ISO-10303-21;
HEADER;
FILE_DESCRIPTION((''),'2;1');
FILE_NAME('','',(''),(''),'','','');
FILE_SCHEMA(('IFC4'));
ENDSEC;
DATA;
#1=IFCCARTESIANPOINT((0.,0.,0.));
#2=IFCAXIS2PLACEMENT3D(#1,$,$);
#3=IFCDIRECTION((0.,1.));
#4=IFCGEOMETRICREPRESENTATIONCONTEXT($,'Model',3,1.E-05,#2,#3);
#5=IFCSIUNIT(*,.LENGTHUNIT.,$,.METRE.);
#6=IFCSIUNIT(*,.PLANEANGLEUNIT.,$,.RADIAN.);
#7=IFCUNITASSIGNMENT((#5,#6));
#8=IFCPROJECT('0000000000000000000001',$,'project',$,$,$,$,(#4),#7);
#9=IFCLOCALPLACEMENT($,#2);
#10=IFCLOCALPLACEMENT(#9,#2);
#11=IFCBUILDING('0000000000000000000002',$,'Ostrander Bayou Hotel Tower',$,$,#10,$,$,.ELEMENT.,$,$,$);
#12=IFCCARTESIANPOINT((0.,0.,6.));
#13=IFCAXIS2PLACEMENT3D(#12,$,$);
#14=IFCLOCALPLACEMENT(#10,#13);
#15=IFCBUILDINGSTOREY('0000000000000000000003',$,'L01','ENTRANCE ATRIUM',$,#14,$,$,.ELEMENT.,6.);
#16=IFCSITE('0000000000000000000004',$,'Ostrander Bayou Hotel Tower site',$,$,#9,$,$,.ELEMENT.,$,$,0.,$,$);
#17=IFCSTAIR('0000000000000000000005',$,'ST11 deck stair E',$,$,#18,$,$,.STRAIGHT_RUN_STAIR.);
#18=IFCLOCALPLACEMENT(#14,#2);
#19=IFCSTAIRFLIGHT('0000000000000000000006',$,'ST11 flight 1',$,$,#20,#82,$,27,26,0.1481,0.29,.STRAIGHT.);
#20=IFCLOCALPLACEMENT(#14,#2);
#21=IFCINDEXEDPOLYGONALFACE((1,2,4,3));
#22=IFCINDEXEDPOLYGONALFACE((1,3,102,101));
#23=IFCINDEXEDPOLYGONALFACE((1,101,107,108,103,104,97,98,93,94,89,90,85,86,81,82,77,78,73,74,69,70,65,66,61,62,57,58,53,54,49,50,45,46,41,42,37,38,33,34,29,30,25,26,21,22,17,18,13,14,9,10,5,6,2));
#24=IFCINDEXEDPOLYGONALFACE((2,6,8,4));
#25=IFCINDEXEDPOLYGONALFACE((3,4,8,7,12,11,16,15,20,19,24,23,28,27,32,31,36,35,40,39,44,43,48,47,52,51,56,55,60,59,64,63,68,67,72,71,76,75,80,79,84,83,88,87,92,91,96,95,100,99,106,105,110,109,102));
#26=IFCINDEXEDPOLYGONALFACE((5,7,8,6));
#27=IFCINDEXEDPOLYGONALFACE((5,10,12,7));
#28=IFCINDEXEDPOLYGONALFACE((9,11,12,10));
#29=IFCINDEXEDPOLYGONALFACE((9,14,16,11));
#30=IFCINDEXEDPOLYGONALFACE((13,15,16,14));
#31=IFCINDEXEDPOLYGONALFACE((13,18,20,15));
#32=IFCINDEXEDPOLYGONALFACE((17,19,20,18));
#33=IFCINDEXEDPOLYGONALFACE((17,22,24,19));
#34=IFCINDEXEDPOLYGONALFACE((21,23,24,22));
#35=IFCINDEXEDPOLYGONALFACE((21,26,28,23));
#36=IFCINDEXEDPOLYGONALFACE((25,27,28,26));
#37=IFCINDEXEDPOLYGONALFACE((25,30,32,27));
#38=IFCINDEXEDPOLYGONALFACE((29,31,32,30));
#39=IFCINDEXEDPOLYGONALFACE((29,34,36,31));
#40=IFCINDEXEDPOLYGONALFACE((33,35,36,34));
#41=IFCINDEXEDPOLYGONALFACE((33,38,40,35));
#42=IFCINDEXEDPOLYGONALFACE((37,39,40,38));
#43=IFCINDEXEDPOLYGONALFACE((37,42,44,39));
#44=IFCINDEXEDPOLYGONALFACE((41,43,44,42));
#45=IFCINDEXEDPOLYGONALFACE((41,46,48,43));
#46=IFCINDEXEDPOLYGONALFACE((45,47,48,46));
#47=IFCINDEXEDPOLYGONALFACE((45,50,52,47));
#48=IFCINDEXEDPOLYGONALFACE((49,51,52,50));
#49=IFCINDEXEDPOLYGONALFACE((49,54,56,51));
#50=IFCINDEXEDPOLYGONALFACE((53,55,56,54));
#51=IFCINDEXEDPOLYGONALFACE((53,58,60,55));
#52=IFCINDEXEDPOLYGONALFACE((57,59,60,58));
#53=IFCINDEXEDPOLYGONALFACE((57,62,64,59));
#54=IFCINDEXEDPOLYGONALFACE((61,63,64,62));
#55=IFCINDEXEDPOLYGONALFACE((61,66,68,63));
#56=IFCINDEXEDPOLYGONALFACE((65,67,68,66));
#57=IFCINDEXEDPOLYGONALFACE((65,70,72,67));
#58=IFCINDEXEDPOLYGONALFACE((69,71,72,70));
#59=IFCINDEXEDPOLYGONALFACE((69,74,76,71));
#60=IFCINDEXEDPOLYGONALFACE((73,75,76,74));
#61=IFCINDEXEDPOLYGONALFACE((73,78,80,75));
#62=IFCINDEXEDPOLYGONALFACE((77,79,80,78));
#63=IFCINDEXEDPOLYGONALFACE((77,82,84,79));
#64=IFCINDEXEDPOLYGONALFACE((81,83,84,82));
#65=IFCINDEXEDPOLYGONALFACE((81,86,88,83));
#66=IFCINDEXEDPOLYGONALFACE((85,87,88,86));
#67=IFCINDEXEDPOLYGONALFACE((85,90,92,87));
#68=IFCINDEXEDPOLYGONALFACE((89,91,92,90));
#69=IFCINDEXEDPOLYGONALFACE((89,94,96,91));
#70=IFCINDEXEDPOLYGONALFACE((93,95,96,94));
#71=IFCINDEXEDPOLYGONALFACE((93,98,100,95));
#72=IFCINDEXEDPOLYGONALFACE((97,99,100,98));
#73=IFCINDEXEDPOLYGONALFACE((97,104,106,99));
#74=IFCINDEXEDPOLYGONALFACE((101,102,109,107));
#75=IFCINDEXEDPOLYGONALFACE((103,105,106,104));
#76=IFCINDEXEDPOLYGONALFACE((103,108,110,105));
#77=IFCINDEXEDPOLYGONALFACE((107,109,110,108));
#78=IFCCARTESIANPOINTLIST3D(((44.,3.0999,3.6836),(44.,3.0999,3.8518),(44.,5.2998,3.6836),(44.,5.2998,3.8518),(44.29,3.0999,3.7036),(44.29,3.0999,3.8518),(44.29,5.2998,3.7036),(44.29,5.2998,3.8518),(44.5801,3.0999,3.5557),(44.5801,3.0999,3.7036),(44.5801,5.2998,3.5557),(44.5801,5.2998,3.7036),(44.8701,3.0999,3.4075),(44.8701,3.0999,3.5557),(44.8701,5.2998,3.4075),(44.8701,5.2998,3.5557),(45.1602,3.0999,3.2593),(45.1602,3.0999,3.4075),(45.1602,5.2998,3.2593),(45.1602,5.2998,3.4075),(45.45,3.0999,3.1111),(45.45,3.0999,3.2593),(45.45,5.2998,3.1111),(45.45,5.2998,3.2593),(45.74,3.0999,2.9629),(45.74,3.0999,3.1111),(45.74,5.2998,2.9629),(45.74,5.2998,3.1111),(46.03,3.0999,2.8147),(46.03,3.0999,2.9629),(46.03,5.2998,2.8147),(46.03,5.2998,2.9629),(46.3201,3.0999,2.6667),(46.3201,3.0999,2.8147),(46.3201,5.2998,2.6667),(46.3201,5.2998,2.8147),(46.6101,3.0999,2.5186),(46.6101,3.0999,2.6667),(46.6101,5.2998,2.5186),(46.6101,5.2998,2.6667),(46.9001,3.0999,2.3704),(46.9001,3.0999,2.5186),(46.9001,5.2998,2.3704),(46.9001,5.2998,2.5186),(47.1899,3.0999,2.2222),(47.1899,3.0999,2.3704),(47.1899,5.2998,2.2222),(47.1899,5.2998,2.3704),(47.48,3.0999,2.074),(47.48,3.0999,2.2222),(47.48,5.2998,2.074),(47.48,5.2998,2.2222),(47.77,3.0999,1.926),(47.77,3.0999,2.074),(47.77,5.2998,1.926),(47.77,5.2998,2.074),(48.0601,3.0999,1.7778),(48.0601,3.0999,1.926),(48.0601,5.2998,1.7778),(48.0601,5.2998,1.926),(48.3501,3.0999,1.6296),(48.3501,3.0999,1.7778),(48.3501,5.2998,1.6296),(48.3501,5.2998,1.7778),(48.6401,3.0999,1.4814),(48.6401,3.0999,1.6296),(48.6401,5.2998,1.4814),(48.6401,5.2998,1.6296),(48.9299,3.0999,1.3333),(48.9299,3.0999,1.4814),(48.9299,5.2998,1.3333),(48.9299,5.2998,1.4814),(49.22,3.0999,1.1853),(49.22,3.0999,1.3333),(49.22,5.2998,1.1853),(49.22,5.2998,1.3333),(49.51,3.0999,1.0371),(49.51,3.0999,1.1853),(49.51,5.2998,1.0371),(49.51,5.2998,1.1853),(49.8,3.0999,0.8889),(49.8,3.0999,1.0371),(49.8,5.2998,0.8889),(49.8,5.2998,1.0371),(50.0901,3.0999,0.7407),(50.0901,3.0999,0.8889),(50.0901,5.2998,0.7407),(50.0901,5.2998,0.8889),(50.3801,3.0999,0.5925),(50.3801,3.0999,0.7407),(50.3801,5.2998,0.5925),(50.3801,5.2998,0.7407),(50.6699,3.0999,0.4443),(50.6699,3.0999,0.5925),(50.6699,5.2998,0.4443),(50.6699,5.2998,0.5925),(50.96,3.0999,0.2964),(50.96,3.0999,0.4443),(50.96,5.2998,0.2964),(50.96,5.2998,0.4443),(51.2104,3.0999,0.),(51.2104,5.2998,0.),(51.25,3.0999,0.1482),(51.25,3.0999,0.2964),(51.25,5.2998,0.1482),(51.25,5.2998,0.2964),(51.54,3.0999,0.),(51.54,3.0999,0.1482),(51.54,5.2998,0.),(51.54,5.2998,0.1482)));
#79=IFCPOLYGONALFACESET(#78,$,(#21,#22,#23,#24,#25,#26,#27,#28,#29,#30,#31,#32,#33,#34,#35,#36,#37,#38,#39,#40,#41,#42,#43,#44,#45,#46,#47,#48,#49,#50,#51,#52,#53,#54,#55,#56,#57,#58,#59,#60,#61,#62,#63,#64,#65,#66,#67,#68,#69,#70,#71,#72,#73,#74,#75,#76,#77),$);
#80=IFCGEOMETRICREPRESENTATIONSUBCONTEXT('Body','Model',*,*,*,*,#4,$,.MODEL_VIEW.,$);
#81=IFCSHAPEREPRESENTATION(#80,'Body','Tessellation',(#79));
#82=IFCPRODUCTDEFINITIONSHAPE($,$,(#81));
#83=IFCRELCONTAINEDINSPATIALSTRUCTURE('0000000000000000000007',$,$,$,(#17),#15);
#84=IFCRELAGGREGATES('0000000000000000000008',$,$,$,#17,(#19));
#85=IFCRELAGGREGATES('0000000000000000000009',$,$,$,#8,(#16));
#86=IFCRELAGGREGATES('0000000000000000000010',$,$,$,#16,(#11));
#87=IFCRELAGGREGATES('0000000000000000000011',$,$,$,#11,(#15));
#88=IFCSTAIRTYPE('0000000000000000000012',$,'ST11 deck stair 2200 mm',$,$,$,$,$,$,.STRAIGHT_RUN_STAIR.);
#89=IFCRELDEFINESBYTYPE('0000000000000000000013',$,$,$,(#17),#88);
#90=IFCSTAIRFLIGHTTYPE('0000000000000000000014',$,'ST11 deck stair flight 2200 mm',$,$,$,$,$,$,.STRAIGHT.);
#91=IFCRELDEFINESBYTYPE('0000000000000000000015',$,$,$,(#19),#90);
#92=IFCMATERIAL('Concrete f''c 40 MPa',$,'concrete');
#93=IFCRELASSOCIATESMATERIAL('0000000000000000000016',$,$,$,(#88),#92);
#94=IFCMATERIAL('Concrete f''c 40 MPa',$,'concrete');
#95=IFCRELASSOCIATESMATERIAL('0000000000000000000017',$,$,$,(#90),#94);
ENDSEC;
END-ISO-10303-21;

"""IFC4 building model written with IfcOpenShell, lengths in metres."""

from ifc_helpers import new_model, si_unit, direction, frame, origin, place, context, subcontext, project, spatial, polyline, outline, extrude, material, type_object, element, aggregate, save


model = new_model("IFC4")

# Units and contexts
model_context = context("Model", 3, precision=1e-05, world=origin(), true_north=direction((0.0, 1.0)))
body_context = subcontext(model_context, "Body", "Model", "MODEL_VIEW")
ifc_project = project(units=[si_unit("LENGTHUNIT", "METRE"), si_unit("PLANEANGLEUNIT", "RADIAN")], contexts=[model_context])

# Site, building, storey
site_placement = place(None, origin())
site = spatial("IfcSite", under=ifc_project, at=site_placement, Name="Ostrander Bayou Hotel Tower site", CompositionType="ELEMENT", RefElevation=0.0)
building_placement = place(site_placement, origin())
building = spatial("IfcBuilding", under=site, at=building_placement, Name="Ostrander Bayou Hotel Tower", CompositionType="ELEMENT")
storey_placement = place(building_placement, frame((0.0, 0.0, 6.0)))
storey = spatial("IfcBuildingStorey", under=building, at=storey_placement, Name="L01", Description="ENTRANCE ATRIUM", CompositionType="ELEMENT", Elevation=6.0)

# Stair, stair flight
ifc_material_1 = material(Name="Concrete f'c 40 MPa", Category="concrete")
stair_type = type_object("IfcStairType", Name="ST11 deck stair 2200 mm", PredefinedType="STRAIGHT_RUN_STAIR", material=ifc_material_1)
stair_placement = place(storey_placement, origin())
stair = element("IfcStair", 1, at=stair_placement, inside=storey, type_object=stair_type, Name="ST11 deck stair E", PredefinedType="STRAIGHT_RUN_STAIR")
ifc_material_2 = material(Name="Concrete f'c 40 MPa", Category="concrete")
stair_flight_type = type_object("IfcStairFlightType", Name="ST11 deck stair flight 2200 mm", PredefinedType="STRAIGHT", material=ifc_material_2)
stair_flight_placement = place(storey_placement, frame((51.54, 4.2, 0.0), z_axis=(0.0, 0.0, 1.0), x_axis=(-1.0, 0.0, 0.0)))
stair_flight = element("IfcStairFlight", 2, at=stair_flight_placement, type_object=stair_flight_type, Name="ST11 flight 1", NumberOfRisers=27, NumberOfTreads=26, PredefinedType="STRAIGHT", RiserHeight=0.1481, TreadLength=0.29, context=body_context, shape_type="SweptSolid", body=[
    extrude(outline(polyline([(0.0, 0.0), (0.0, 0.1482), (0.29, 0.1482), (0.29, 0.2964), (0.5801, 0.2964), (0.5801, 0.4443), (0.8701, 0.4443), (0.8701, 0.5925), (1.1599, 0.5925), (1.1599, 0.7407), (1.45, 0.7407), (1.45, 0.8889), (1.74, 0.8889), (1.74, 1.0371), (2.03, 1.0371), (2.03, 1.1853), (2.3201, 1.1853), (2.3201, 1.3333), (2.6101, 1.3333), (2.6101, 1.4814), (2.8999, 1.4814), (2.8999, 1.6296), (3.1899, 1.6296), (3.1899, 1.7778), (3.48, 1.7778), (3.48, 1.926), (3.77, 1.926), (3.77, 2.074), (4.0601, 2.074), (4.0601, 2.2222), (4.3501, 2.2222), (4.3501, 2.3704), (4.6399, 2.3704), (4.6399, 2.5186), (4.9299, 2.5186), (4.9299, 2.6667), (5.22, 2.6667), (5.22, 2.8147), (5.51, 2.8147), (5.51, 2.9629), (5.8, 2.9629), (5.8, 3.1111), (6.0901, 3.1111), (6.0901, 3.2593), (6.3799, 3.2593), (6.3799, 3.4075), (6.6699, 3.4075), (6.6699, 3.5557), (6.96, 3.5557), (6.96, 3.7036), (7.25, 3.7036), (7.25, 3.8518), (7.54, 3.8518), (7.54, 4.0), (7.54, 3.6836), (0.3296, 0.0), (0.0, 0.0)])), frame((0.0, 1.1001, 0.0), z_axis=(0.0, -1.0, 0.0), x_axis=(1.0, 0.0, 0.0)), (0.0, 0.0, 1.0), 2.2),
])
aggregate(stair, [stair_flight])

save(model, "model.ifc")
